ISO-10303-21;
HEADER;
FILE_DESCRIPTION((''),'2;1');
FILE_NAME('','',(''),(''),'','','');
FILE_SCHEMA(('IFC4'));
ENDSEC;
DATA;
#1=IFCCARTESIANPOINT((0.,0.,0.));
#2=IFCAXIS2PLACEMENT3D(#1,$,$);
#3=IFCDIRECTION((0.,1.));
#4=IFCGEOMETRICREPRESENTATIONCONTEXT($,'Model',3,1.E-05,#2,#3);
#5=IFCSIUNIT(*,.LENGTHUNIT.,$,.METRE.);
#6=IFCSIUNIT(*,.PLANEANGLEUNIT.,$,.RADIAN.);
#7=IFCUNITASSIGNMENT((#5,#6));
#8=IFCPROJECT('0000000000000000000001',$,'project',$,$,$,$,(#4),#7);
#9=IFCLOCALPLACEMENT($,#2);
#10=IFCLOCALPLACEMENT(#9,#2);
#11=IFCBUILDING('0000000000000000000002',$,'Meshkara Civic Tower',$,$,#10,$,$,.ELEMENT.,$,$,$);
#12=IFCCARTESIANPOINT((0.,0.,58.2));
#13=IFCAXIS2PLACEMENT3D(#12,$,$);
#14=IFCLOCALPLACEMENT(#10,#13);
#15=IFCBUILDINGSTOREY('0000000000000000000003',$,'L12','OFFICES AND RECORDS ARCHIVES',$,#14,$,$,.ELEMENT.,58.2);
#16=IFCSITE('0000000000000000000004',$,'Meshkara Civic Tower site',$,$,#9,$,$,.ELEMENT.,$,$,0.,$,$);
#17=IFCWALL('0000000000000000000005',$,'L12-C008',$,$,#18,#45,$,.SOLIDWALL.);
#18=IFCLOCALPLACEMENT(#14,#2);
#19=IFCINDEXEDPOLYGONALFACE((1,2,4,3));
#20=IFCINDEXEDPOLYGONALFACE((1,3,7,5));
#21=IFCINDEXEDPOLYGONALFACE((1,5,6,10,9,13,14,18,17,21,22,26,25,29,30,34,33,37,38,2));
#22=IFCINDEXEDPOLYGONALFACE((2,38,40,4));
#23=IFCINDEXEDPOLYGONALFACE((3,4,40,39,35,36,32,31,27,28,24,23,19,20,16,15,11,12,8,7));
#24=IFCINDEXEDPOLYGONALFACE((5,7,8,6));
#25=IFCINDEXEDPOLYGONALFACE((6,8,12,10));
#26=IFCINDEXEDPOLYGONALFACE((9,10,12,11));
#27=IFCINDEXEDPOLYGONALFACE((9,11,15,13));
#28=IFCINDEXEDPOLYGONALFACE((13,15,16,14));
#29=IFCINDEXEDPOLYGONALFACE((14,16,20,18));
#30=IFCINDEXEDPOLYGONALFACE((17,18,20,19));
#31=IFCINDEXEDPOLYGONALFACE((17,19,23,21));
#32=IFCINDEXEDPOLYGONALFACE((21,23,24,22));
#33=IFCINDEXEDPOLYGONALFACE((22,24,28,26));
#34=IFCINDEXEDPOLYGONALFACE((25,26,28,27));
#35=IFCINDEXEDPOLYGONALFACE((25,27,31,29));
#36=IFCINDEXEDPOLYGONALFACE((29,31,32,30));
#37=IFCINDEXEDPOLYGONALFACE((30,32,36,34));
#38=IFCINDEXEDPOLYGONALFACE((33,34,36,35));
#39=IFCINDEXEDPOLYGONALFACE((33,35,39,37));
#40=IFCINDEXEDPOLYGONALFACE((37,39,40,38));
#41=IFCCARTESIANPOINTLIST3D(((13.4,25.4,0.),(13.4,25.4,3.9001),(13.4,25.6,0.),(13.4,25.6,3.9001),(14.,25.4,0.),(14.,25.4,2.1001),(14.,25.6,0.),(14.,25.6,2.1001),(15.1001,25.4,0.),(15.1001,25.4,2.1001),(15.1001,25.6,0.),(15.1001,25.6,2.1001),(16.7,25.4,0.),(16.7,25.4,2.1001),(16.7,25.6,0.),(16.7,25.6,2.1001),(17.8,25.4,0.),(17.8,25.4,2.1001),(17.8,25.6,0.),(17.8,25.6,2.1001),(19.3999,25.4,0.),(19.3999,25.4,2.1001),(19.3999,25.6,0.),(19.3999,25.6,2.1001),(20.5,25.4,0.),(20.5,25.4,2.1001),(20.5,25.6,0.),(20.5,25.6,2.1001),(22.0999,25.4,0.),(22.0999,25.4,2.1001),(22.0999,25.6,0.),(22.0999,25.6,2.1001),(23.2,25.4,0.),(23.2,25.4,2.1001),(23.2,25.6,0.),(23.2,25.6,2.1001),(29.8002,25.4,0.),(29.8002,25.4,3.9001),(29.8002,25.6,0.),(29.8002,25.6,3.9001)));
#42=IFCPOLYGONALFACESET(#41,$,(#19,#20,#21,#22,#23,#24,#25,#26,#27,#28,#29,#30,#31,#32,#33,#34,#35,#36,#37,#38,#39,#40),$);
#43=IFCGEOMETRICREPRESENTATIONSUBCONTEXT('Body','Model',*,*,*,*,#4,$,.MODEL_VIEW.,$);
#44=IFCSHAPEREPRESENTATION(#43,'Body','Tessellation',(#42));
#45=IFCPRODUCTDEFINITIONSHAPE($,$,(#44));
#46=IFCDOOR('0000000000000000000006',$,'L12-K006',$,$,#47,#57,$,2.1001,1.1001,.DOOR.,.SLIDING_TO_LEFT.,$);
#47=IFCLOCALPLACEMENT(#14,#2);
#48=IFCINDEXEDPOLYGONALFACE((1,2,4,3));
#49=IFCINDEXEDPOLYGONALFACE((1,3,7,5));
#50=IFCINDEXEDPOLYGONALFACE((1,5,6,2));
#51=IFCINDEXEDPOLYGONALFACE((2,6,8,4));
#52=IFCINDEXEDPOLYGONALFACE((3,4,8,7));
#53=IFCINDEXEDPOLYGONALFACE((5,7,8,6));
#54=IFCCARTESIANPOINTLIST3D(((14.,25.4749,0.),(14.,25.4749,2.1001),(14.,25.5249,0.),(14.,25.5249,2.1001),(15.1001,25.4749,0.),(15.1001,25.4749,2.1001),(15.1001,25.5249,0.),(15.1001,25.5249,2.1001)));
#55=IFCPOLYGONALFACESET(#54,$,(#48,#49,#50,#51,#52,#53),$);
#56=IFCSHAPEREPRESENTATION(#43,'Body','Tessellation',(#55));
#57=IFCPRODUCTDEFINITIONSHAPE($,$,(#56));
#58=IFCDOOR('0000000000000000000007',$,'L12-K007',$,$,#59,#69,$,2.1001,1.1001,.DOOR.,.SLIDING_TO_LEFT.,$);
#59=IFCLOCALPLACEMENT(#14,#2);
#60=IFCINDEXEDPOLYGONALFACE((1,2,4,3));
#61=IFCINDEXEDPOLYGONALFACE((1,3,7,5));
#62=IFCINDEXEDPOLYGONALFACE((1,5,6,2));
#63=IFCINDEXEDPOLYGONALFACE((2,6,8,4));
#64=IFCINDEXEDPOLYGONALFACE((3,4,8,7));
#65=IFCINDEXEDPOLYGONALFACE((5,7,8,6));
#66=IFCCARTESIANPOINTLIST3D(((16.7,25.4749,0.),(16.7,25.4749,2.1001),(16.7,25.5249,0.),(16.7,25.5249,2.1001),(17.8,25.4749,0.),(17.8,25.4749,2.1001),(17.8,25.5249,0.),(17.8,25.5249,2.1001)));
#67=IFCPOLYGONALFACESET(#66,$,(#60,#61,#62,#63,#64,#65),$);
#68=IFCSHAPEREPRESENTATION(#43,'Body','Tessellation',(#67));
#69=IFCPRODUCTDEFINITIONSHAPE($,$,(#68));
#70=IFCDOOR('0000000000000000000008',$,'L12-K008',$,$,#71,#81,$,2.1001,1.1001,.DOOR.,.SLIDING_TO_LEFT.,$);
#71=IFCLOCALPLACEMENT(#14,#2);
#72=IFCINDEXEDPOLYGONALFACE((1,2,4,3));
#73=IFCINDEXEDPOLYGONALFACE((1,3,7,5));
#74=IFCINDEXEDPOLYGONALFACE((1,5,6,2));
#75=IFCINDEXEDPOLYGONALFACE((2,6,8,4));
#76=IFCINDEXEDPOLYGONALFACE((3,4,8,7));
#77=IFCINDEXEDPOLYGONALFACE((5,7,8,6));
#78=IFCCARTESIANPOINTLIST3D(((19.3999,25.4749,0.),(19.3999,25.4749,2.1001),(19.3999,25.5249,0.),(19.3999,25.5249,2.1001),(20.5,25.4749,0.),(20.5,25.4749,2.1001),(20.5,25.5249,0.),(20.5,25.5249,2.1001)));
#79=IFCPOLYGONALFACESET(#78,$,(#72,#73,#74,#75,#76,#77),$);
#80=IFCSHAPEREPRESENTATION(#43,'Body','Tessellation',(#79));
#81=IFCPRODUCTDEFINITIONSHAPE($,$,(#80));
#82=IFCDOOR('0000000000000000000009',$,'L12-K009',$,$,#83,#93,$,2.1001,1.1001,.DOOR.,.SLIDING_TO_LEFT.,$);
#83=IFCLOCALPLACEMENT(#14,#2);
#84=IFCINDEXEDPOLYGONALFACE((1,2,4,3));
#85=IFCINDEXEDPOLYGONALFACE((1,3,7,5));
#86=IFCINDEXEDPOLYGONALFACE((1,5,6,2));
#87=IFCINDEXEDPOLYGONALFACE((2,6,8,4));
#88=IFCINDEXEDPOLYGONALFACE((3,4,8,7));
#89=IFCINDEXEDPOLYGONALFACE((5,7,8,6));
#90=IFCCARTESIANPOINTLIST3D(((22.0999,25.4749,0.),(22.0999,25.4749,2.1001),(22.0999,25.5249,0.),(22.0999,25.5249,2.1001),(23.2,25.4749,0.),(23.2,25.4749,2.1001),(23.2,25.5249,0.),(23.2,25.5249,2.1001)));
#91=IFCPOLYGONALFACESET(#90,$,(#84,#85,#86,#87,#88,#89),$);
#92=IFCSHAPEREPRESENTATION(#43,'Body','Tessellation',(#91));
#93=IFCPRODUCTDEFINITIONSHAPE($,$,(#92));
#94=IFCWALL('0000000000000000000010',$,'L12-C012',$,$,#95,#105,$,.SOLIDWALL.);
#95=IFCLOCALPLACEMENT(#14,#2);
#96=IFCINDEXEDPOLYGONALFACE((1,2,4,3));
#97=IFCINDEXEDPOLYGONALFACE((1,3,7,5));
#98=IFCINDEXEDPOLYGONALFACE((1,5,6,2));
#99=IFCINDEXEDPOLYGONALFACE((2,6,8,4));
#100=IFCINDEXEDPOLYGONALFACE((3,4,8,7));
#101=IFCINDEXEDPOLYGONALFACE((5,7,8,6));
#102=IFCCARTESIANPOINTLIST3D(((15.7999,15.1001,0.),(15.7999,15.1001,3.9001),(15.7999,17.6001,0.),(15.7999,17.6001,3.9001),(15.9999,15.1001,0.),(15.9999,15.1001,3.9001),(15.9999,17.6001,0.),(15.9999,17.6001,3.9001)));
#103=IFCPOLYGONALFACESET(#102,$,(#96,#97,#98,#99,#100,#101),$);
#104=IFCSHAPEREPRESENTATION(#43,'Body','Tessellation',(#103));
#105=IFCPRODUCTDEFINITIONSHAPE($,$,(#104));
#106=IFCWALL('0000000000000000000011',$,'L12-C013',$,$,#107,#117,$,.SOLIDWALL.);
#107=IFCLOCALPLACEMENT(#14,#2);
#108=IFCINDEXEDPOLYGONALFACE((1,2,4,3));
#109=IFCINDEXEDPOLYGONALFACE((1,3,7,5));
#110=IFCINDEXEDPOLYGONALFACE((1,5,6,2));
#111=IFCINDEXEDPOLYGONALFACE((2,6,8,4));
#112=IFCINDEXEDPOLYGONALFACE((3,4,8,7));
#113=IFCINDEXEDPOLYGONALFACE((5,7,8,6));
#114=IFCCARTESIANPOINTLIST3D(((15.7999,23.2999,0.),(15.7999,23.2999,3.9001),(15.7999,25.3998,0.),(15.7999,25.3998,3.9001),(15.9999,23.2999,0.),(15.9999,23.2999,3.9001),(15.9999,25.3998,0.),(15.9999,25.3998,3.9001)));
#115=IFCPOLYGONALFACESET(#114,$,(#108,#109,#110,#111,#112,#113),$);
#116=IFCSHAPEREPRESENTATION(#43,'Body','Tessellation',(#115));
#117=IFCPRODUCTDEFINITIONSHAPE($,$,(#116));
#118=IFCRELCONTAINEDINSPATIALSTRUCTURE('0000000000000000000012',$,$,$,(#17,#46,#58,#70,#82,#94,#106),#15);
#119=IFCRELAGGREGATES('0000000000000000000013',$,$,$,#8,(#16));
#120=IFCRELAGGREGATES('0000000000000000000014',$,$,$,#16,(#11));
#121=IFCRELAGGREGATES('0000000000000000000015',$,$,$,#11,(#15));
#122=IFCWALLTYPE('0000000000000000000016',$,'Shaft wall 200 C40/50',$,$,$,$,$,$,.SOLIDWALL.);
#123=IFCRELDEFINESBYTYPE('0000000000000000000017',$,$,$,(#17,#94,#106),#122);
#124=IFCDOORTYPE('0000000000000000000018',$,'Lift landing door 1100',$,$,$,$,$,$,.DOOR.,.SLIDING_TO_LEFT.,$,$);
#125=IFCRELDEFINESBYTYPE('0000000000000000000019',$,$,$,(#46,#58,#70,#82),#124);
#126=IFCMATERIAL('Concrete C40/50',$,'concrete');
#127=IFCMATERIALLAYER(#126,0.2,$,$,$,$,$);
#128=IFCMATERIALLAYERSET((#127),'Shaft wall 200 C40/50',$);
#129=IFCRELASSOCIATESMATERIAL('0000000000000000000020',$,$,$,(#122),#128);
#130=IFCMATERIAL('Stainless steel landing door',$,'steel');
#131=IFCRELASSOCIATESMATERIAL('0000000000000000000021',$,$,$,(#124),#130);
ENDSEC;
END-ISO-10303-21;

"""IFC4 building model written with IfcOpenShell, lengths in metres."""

from ifc_helpers import new_model, si_unit, direction, frame, frame_2d, origin, place, context, subcontext, project, spatial, rectangle, extrude, material, layer, layer_set, type_object, element, fill, save


model = new_model("IFC4")

# Units and contexts
model_context = context("Model", 3, precision=1e-05, world=origin(), true_north=direction((0.0, 1.0)))
body_context = subcontext(model_context, "Body", "Model", "MODEL_VIEW")
ifc_project = project(units=[si_unit("LENGTHUNIT", "METRE"), si_unit("PLANEANGLEUNIT", "RADIAN")], contexts=[model_context])

# Site, building, storey
site_placement = place(None, origin())
site = spatial("IfcSite", under=ifc_project, at=site_placement, Name="Meshkara Civic Tower site", CompositionType="ELEMENT", RefElevation=0.0)
building_placement = place(site_placement, origin())
building = spatial("IfcBuilding", under=site, at=building_placement, Name="Meshkara Civic Tower", CompositionType="ELEMENT")
storey_placement = place(building_placement, frame((0.0, 0.0, 58.2)))
storey = spatial("IfcBuildingStorey", under=building, at=storey_placement, Name="L12", Description="OFFICES AND RECORDS ARCHIVES", CompositionType="ELEMENT", Elevation=58.2)

# Wall, openings, doors
ifc_material_1 = material(Name="Concrete C40/50", Category="concrete")
ifc_layer_1 = layer(ifc_material_1, 0.2)
ifc_layer_set_1 = layer_set([ifc_layer_1], Name="Shaft wall 200 C40/50")
wall_type_1 = type_object("IfcWallType", Name="Shaft wall 200 C40/50", PredefinedType="SOLIDWALL", material=ifc_layer_set_1)
ifc_material_2 = material(Name="Stainless steel landing door", Category="steel")
door_type_1 = type_object("IfcDoorType", Name="Lift landing door 1100", OperationType="SLIDING_TO_LEFT", PredefinedType="DOOR", material=ifc_material_2)
wall_1_placement = place(storey_placement, frame((13.3999, 25.5, 0.0), z_axis=(0.0, 0.0, 1.0), x_axis=(1.0, 0.0, 0.0)))
wall_1 = element("IfcWall", 1, at=wall_1_placement, inside=storey, type_object=wall_type_1, Name="L12-C008", PredefinedType="SOLIDWALL", context=body_context, shape_type="SweptSolid", body=[
    extrude(rectangle(XDim=16.4001, YDim=0.2, at=frame_2d((8.2002, 0.0))), origin(), (0.0, 0.0, 1.0), 3.9001),
])
opening_1_placement = place(wall_1_placement, frame((0.6001, 0.0, 0.0)))
opening_1 = element("IfcOpeningElement", 2, at=opening_1_placement, cuts=wall_1, PredefinedType="OPENING", context=body_context, shape_type="SweptSolid", body=[
    extrude(rectangle(XDim=1.1001, YDim=2.1001, at=frame_2d((0.55, 1.05))), frame((0.0, 0.1099, 0.0), z_axis=(0.0, -1.0, 0.0), x_axis=(1.0, 0.0, 0.0)), (0.0, 0.0, 1.0), 0.22),
])
opening_2_placement = place(wall_1_placement, frame((3.3, 0.0, 0.0)))
opening_2 = element("IfcOpeningElement", 3, at=opening_2_placement, cuts=wall_1, PredefinedType="OPENING", context=body_context, shape_type="SweptSolid", body=[
    extrude(rectangle(XDim=1.1001, YDim=2.1001, at=frame_2d((0.55, 1.05))), frame((0.0, 0.1099, 0.0), z_axis=(0.0, -1.0, 0.0), x_axis=(1.0, 0.0, 0.0)), (0.0, 0.0, 1.0), 0.22),
])
opening_3_placement = place(wall_1_placement, frame((6.0, 0.0, 0.0)))
opening_3 = element("IfcOpeningElement", 4, at=opening_3_placement, cuts=wall_1, PredefinedType="OPENING", context=body_context, shape_type="SweptSolid", body=[
    extrude(rectangle(XDim=1.1001, YDim=2.1001, at=frame_2d((0.55, 1.05))), frame((0.0, 0.1099, 0.0), z_axis=(0.0, -1.0, 0.0), x_axis=(1.0, 0.0, 0.0)), (0.0, 0.0, 1.0), 0.22),
])
opening_4_placement = place(wall_1_placement, frame((8.7, 0.0, 0.0)))
opening_4 = element("IfcOpeningElement", 5, at=opening_4_placement, cuts=wall_1, PredefinedType="OPENING", context=body_context, shape_type="SweptSolid", body=[
    extrude(rectangle(XDim=1.1001, YDim=2.1001, at=frame_2d((0.55, 1.05))), frame((0.0, 0.1099, 0.0), z_axis=(0.0, -1.0, 0.0), x_axis=(1.0, 0.0, 0.0)), (0.0, 0.0, 1.0), 0.22),
])
door_1_placement = place(opening_1_placement, origin())
door_1 = element("IfcDoor", 6, at=door_1_placement, inside=storey, type_object=door_type_1, Name="L12-K006", OperationType="SLIDING_TO_LEFT", OverallHeight=2.1001, OverallWidth=1.1001, PredefinedType="DOOR", context=body_context, shape_type="SweptSolid", body=[
    extrude(rectangle(XDim=1.1001, YDim=2.1001, at=frame_2d((0.55, 1.05))), frame((0.0, 0.0249, 0.0), z_axis=(0.0, -1.0, 0.0), x_axis=(1.0, 0.0, 0.0)), (0.0, 0.0, 1.0), 0.05),
])
fill(opening_1, door_1)
door_2_placement = place(opening_2_placement, origin())
door_2 = element("IfcDoor", 7, at=door_2_placement, inside=storey, type_object=door_type_1, Name="L12-K007", OperationType="SLIDING_TO_LEFT", OverallHeight=2.1001, OverallWidth=1.1001, PredefinedType="DOOR", context=body_context, shape_type="SweptSolid", body=[
    extrude(rectangle(XDim=1.1001, YDim=2.1001, at=frame_2d((0.55, 1.05))), frame((0.0, 0.0249, 0.0), z_axis=(0.0, -1.0, 0.0), x_axis=(1.0, 0.0, 0.0)), (0.0, 0.0, 1.0), 0.05),
])
fill(opening_2, door_2)
door_3_placement = place(opening_3_placement, origin())
door_3 = element("IfcDoor", 8, at=door_3_placement, inside=storey, type_object=door_type_1, Name="L12-K008", OperationType="SLIDING_TO_LEFT", OverallHeight=2.1001, OverallWidth=1.1001, PredefinedType="DOOR", context=body_context, shape_type="SweptSolid", body=[
    extrude(rectangle(XDim=1.1001, YDim=2.1001, at=frame_2d((0.55, 1.05))), frame((0.0, 0.0249, 0.0), z_axis=(0.0, -1.0, 0.0), x_axis=(1.0, 0.0, 0.0)), (0.0, 0.0, 1.0), 0.05),
])
fill(opening_3, door_3)
door_4_placement = place(opening_4_placement, origin())
door_4 = element("IfcDoor", 9, at=door_4_placement, inside=storey, type_object=door_type_1, Name="L12-K009", OperationType="SLIDING_TO_LEFT", OverallHeight=2.1001, OverallWidth=1.1001, PredefinedType="DOOR", context=body_context, shape_type="SweptSolid", body=[
    extrude(rectangle(XDim=1.1001, YDim=2.1001, at=frame_2d((0.55, 1.05))), frame((0.0, 0.0249, 0.0), z_axis=(0.0, -1.0, 0.0), x_axis=(1.0, 0.0, 0.0)), (0.0, 0.0, 1.0), 0.05),
])
fill(opening_4, door_4)

# Walls
wall_2_placement = place(storey_placement, frame((15.8999, 15.1001, 0.0), z_axis=(0.0, 0.0, 1.0), x_axis=(0.0, 1.0, 0.0)))
element("IfcWall", 10, at=wall_2_placement, inside=storey, type_object=wall_type_1, Name="L12-C012", PredefinedType="SOLIDWALL", context=body_context, shape_type="SweptSolid", body=[
    extrude(rectangle(XDim=2.5, YDim=0.2, at=frame_2d((1.25, 0.0))), origin(), (0.0, 0.0, 1.0), 3.9001),
])
wall_3_placement = place(storey_placement, frame((15.8999, 23.3, 0.0), z_axis=(0.0, 0.0, 1.0), x_axis=(0.0, 1.0, 0.0)))
element("IfcWall", 11, at=wall_3_placement, inside=storey, type_object=wall_type_1, Name="L12-C013", PredefinedType="SOLIDWALL", context=body_context, shape_type="SweptSolid", body=[
    extrude(rectangle(XDim=2.0999, YDim=0.2, at=frame_2d((1.0498, 0.0))), origin(), (0.0, 0.0, 1.0), 3.9001),
])

save(model, "model.ifc")
